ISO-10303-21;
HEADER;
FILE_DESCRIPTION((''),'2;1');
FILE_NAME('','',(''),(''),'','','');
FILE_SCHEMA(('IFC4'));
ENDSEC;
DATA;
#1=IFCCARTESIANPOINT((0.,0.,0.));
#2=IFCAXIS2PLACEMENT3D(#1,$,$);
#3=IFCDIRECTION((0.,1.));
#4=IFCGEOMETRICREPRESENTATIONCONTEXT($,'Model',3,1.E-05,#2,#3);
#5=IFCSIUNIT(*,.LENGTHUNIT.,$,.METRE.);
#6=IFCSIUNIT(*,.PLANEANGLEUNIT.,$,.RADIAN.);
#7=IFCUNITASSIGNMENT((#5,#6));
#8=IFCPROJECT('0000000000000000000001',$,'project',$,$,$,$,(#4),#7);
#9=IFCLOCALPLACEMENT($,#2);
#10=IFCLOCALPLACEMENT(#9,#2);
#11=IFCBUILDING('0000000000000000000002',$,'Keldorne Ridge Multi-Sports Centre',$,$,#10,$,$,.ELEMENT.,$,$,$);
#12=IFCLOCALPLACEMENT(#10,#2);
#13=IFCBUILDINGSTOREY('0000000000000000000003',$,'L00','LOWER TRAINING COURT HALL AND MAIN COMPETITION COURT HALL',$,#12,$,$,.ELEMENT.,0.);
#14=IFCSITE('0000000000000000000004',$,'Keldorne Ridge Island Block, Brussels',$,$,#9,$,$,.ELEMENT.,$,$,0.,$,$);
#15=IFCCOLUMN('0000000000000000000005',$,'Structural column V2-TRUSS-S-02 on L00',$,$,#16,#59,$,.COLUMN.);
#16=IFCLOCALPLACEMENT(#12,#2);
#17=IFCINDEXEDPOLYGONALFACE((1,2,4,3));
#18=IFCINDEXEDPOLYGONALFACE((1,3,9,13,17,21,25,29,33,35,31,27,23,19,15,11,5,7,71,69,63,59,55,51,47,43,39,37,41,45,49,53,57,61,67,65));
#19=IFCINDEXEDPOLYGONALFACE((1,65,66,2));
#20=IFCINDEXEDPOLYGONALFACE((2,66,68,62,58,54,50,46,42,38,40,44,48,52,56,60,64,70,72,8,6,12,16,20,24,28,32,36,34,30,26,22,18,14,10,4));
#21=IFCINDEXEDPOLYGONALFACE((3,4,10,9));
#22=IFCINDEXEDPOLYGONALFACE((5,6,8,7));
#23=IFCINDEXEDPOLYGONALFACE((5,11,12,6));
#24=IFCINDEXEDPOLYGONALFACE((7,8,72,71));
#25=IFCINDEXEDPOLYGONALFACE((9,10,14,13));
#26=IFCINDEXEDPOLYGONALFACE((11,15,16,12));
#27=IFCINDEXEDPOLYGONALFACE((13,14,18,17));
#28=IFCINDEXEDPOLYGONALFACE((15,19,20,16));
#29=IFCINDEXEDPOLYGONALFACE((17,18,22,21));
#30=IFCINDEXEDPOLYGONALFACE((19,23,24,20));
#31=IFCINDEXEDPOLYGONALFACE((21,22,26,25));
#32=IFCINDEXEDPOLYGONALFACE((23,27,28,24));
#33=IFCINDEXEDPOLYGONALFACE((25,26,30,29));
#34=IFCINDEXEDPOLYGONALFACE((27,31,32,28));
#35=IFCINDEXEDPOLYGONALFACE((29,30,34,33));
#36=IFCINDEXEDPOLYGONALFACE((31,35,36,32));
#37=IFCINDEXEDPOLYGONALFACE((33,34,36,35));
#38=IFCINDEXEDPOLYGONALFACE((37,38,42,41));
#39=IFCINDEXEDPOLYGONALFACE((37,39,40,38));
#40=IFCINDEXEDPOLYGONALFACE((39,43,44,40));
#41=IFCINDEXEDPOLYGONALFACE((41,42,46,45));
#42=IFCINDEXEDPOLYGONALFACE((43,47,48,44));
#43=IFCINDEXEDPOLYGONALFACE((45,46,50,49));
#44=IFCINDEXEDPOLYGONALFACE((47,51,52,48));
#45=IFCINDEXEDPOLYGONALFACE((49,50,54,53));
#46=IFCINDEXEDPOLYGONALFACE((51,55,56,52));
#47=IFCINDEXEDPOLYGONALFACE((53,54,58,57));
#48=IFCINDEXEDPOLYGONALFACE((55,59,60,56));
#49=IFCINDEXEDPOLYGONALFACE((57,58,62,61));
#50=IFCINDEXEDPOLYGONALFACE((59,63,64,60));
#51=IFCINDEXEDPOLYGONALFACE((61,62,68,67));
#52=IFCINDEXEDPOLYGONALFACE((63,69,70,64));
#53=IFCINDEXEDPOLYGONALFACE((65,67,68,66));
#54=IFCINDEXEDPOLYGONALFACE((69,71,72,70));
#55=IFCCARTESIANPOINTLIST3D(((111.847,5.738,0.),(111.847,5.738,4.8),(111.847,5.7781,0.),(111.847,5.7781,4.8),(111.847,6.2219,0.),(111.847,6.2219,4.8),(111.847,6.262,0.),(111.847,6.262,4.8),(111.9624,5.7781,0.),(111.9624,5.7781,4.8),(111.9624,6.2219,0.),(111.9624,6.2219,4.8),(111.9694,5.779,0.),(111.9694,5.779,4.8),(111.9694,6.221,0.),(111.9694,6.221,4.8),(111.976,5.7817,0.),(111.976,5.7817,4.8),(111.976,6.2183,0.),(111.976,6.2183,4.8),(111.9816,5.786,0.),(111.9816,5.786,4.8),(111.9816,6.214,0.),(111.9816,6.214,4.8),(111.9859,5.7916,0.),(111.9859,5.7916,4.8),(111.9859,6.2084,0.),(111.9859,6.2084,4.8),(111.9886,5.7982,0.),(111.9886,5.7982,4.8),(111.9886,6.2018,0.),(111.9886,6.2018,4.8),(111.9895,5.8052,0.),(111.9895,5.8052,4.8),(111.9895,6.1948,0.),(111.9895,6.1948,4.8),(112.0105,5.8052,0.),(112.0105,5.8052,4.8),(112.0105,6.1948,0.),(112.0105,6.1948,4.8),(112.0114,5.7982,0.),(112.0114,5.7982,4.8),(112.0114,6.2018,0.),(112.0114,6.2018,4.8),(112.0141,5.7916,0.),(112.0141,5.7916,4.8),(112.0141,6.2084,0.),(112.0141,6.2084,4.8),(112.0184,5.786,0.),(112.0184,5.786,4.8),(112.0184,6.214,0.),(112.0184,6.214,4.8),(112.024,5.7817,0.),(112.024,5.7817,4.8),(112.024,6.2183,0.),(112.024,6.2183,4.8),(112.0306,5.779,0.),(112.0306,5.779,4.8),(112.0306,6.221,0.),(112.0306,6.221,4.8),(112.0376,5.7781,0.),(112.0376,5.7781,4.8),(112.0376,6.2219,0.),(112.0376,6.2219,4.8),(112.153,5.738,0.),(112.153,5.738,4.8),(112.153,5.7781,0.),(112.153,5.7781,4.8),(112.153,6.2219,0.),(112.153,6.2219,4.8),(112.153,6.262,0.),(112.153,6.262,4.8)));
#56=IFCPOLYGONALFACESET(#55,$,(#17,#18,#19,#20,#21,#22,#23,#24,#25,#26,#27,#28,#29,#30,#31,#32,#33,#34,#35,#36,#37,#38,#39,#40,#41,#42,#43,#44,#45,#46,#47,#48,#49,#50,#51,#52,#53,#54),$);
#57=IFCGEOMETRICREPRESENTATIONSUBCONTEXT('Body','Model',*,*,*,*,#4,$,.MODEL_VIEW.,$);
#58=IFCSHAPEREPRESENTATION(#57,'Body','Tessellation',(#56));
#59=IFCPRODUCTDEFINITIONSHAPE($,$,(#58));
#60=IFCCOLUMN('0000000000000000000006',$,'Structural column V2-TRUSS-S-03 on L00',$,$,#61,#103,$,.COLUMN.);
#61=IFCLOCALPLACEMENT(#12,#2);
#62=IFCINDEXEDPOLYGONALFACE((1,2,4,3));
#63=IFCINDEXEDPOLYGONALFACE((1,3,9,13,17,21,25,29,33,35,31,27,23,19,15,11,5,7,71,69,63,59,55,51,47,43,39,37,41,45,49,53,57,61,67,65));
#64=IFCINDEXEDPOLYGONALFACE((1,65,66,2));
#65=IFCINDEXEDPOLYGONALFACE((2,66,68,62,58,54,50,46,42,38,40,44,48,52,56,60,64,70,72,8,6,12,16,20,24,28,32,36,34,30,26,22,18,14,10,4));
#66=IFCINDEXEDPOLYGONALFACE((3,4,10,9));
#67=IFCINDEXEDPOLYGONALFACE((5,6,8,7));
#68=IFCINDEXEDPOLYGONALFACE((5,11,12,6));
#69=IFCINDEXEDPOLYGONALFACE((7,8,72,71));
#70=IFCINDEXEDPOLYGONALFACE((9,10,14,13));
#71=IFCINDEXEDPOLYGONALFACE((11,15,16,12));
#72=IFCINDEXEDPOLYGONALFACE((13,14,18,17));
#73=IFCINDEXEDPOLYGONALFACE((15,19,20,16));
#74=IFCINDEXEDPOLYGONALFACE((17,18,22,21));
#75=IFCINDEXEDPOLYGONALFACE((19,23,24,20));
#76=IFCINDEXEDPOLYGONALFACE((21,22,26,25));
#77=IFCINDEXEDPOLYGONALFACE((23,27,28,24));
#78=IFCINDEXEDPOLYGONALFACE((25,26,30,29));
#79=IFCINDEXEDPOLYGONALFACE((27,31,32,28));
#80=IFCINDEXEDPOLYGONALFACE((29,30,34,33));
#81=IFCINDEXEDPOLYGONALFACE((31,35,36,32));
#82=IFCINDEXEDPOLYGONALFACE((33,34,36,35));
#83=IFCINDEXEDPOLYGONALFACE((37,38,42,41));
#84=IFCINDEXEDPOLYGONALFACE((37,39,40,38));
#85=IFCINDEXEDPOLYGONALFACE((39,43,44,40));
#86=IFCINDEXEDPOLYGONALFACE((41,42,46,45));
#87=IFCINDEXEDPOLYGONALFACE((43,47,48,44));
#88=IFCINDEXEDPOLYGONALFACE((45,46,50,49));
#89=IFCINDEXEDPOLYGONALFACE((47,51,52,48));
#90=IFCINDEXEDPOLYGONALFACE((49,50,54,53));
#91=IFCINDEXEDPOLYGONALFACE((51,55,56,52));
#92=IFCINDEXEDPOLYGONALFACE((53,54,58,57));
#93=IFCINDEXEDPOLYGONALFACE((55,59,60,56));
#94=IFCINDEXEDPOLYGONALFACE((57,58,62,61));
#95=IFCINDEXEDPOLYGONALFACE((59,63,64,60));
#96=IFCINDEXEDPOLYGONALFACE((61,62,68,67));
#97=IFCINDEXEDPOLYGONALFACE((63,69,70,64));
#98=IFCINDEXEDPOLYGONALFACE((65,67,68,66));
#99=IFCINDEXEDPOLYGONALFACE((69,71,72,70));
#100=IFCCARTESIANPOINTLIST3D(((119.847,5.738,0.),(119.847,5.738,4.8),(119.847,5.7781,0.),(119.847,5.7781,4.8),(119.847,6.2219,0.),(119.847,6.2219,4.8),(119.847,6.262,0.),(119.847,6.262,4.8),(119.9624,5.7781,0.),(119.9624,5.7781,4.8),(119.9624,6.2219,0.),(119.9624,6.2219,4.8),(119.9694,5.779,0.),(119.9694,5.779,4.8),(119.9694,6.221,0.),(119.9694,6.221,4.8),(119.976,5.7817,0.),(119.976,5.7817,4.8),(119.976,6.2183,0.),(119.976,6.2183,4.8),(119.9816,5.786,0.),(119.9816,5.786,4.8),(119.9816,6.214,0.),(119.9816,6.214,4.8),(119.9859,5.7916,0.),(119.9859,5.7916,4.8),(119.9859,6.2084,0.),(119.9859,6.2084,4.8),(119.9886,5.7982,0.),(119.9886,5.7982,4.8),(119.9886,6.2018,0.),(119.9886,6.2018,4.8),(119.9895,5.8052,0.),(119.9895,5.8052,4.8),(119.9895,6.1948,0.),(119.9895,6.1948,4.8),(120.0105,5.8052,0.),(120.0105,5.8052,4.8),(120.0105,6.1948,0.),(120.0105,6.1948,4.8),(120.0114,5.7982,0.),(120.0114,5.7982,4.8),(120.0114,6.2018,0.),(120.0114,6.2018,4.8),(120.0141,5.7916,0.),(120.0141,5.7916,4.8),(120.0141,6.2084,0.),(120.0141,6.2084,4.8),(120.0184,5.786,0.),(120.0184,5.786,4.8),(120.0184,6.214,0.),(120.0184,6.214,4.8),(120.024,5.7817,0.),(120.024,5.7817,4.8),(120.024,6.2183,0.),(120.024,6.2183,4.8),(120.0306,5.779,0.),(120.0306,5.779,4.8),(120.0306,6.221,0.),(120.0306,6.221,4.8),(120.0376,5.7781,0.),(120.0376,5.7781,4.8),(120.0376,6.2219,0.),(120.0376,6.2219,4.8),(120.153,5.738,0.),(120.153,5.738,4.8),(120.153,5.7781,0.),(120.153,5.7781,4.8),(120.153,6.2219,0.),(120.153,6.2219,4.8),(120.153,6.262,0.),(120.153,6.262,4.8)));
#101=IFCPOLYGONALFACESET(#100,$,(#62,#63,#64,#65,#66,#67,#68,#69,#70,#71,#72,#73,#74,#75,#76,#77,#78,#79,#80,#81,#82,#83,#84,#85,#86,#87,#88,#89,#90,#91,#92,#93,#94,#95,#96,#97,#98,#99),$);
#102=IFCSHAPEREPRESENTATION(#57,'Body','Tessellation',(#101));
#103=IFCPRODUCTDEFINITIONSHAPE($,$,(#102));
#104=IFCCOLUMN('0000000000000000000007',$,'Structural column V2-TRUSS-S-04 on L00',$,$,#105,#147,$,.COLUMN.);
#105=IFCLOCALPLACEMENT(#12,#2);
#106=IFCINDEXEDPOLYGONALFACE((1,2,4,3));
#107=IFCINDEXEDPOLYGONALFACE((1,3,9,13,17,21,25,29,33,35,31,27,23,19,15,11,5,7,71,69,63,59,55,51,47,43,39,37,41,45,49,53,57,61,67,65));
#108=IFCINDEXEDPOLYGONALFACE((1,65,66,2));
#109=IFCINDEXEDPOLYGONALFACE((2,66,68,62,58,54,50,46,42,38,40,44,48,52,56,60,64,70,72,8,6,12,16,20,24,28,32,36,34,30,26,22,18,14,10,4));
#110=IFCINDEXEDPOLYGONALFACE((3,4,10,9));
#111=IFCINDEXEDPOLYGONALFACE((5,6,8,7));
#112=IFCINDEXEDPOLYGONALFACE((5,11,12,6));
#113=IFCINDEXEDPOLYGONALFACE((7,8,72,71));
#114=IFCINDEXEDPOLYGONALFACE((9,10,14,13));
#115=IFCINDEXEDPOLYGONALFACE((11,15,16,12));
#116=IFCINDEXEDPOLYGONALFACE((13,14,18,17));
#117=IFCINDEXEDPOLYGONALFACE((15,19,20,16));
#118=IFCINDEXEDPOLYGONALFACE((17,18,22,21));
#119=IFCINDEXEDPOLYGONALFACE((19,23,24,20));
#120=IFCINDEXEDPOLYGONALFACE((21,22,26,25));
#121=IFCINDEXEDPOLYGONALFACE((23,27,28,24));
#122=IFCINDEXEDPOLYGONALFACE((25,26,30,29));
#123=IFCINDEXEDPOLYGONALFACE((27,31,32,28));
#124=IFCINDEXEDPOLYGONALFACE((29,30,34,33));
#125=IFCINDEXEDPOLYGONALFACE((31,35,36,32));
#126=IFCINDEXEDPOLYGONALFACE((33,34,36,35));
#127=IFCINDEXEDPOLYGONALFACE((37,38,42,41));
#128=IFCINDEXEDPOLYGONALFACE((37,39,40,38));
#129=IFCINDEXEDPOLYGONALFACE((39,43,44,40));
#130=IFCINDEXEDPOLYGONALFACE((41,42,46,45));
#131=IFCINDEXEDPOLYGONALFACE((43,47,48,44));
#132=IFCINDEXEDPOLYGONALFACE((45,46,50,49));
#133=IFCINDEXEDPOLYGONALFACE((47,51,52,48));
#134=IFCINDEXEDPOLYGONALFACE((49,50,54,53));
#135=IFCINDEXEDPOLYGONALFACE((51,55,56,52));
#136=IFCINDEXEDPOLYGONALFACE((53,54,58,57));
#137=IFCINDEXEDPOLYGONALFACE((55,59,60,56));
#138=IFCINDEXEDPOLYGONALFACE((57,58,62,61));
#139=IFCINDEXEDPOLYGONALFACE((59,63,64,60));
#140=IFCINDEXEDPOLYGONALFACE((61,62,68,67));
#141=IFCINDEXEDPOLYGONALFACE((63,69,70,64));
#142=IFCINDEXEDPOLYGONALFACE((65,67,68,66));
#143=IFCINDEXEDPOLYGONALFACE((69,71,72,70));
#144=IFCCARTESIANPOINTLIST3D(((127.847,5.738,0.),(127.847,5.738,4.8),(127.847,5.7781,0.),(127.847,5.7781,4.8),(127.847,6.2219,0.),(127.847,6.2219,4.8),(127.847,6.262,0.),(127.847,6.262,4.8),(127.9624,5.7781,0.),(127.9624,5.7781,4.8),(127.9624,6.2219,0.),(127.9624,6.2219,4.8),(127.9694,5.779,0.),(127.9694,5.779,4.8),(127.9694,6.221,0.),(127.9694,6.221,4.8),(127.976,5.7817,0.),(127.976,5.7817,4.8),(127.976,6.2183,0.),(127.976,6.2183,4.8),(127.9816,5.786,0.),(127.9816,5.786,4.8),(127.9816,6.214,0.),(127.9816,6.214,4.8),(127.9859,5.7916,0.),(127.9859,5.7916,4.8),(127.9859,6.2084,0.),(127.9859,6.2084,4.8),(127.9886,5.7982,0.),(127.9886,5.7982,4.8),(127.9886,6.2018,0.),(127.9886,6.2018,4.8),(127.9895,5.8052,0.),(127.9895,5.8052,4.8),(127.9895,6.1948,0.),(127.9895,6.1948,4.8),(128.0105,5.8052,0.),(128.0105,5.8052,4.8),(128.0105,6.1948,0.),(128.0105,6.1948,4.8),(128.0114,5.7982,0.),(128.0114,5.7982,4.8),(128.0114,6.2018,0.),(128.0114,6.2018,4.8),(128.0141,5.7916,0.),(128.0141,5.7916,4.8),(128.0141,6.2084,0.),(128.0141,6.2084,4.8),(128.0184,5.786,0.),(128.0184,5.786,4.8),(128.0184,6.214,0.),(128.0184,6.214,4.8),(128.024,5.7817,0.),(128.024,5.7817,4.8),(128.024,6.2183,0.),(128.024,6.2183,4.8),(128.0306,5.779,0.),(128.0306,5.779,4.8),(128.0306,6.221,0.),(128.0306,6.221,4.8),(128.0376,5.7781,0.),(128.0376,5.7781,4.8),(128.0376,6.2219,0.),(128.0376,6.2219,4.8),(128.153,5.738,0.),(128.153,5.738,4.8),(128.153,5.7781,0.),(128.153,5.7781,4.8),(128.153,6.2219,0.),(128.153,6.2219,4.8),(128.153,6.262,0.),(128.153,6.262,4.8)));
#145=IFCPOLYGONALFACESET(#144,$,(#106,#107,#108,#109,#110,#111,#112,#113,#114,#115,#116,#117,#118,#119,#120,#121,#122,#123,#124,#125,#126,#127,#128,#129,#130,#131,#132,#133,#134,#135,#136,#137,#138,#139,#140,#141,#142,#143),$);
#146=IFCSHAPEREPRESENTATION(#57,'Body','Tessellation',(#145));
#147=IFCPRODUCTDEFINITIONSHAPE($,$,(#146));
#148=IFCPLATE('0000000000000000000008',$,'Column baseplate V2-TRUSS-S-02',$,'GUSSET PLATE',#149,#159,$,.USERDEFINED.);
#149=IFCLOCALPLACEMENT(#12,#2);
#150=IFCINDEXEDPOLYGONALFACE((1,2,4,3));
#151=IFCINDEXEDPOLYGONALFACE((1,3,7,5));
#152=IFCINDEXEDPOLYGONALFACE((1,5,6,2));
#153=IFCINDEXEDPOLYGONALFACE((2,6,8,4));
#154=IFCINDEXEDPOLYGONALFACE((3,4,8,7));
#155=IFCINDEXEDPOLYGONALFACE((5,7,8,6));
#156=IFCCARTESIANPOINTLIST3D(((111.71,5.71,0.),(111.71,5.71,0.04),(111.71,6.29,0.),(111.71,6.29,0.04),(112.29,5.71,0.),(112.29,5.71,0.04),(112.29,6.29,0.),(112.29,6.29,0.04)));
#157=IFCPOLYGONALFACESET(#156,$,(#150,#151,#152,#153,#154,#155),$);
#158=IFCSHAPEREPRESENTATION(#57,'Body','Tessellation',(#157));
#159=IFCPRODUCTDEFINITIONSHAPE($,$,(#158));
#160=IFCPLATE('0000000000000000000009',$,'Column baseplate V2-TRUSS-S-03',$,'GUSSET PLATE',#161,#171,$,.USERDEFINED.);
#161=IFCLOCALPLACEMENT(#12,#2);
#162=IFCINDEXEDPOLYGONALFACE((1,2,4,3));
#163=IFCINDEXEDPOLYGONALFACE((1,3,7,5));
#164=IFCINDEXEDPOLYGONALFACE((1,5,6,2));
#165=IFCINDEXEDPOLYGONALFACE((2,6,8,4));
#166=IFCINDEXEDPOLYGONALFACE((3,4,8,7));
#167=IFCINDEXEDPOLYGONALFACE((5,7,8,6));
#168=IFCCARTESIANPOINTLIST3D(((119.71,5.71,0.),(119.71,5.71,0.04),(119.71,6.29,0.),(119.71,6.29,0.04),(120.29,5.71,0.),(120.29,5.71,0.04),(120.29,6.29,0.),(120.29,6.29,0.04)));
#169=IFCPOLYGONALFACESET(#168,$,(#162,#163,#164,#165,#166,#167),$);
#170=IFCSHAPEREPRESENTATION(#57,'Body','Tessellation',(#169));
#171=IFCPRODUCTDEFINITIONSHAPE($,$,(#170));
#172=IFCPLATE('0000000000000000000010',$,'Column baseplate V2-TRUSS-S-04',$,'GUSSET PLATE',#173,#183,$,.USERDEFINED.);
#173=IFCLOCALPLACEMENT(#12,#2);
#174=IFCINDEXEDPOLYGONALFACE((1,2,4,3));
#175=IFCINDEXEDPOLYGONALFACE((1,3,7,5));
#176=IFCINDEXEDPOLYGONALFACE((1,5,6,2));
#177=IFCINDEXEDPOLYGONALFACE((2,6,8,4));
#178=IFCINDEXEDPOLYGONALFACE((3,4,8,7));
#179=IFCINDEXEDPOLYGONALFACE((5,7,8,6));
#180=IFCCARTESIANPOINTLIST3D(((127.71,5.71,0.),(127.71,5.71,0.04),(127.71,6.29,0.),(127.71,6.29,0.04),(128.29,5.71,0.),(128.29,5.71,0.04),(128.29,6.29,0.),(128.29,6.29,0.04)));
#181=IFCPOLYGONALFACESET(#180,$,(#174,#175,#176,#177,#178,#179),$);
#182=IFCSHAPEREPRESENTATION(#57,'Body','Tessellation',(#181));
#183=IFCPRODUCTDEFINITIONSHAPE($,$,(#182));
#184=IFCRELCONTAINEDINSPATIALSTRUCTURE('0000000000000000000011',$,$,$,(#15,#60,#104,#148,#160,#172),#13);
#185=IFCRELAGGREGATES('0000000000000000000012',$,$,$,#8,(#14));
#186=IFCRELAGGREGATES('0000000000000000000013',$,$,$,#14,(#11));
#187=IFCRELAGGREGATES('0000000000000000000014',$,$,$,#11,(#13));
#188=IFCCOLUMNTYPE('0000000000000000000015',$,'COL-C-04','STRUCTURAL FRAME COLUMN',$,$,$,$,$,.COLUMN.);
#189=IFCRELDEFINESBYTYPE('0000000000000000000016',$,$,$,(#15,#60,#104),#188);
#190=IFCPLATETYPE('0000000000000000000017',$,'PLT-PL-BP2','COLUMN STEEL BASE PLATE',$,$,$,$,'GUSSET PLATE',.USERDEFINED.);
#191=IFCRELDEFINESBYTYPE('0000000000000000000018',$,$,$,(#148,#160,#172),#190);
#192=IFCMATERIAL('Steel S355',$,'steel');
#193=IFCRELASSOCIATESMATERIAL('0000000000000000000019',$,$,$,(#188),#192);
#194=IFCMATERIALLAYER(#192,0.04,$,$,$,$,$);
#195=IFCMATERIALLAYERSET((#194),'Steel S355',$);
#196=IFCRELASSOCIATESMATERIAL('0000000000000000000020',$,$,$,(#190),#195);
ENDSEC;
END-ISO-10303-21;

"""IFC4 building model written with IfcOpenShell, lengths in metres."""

from ifc_helpers import new_model, si_unit, direction, frame, origin, origin_2d, place, context, subcontext, project, spatial, rectangle, i_section, extrude, material, layer, layer_set, material_profile, profile_set, type_object, element, save


model = new_model("IFC4")

# Units and contexts
model_context = context("Model", 3, precision=1e-05, world=origin(), true_north=direction((0.0, 1.0)))
body_context = subcontext(model_context, "Body", "Model", "MODEL_VIEW")
ifc_project = project(units=[si_unit("LENGTHUNIT", "METRE"), si_unit("PLANEANGLEUNIT", "RADIAN")], contexts=[model_context])

# Site, building, storey
site_placement = place(None, origin())
site = spatial("IfcSite", under=ifc_project, at=site_placement, Name="Keldorne Ridge Island Block, Brussels", CompositionType="ELEMENT", RefElevation=0.0)
building_placement = place(site_placement, origin())
building = spatial("IfcBuilding", under=site, at=building_placement, Name="Keldorne Ridge Multi-Sports Centre", CompositionType="ELEMENT")
storey_placement = place(building_placement, origin())
storey = spatial("IfcBuildingStorey", under=building, at=storey_placement, Name="L00", Description="LOWER TRAINING COURT HALL AND MAIN COMPETITION COURT HALL", CompositionType="ELEMENT", Elevation=0.0)

# Columns
ifc_material_1 = material(Name="Steel S355", Category="steel")
ifc_material_profile_1 = material_profile(ifc_material_1, i_section(OverallWidth=0.3059, OverallDepth=0.5239, WebThickness=0.021, FlangeThickness=0.04, FilletRadius=0.0271, at=origin_2d()), Name="HEM 500")
ifc_profile_set_1 = profile_set([ifc_material_profile_1], Name="Steel S355")
column_type = type_object("IfcColumnType", Name="COL-C-04", Description="STRUCTURAL FRAME COLUMN", PredefinedType="COLUMN", material=ifc_profile_set_1)
for number, where, z_axis, x_axis, name in (
    (1, (112.0, 6.0, 0.0), (0.0, 0.0, 1.0), (1.0, 0.0, 0.0), "Structural column V2-TRUSS-S-02 on L00"),
    (2, (120.0, 6.0, 0.0), (0.0, 0.0, 1.0), (1.0, 0.0, 0.0), "Structural column V2-TRUSS-S-03 on L00"),
    (3, (128.0, 6.0, 0.0), (0.0, 0.0, 1.0), (1.0, 0.0, 0.0), "Structural column V2-TRUSS-S-04 on L00"),
):
    element("IfcColumn", number, at=place(storey_placement, frame(where, z_axis=z_axis, x_axis=x_axis)), inside=storey, type_object=column_type, Name=name, PredefinedType="COLUMN", context=body_context, shape_type="SweptSolid", body=[
        extrude(i_section(OverallWidth=0.3059, OverallDepth=0.5239, WebThickness=0.021, FlangeThickness=0.04, FilletRadius=0.0271, at=origin_2d()), origin(), (0.0, 0.0, 1.0), 4.8),
    ])

# Plates
ifc_layer_1 = layer(ifc_material_1, 0.04)
ifc_layer_set_1 = layer_set([ifc_layer_1], Name="Steel S355")
plate_type = type_object("IfcPlateType", Name="PLT-PL-BP2", Description="COLUMN STEEL BASE PLATE", ElementType="GUSSET PLATE", PredefinedType="USERDEFINED", material=ifc_layer_set_1)
for number, where, z_axis, x_axis, name in (
    (4, (112.0, 6.0, 0.0), (0.0, 0.0, 1.0), (1.0, 0.0, 0.0), "Column baseplate V2-TRUSS-S-02"),
    (5, (120.0, 6.0, 0.0), (0.0, 0.0, 1.0), (1.0, 0.0, 0.0), "Column baseplate V2-TRUSS-S-03"),
    (6, (128.0, 6.0, 0.0), (0.0, 0.0, 1.0), (1.0, 0.0, 0.0), "Column baseplate V2-TRUSS-S-04"),
):
    element("IfcPlate", number, at=place(storey_placement, frame(where, z_axis=z_axis, x_axis=x_axis)), inside=storey, type_object=plate_type, Name=name, ObjectType="GUSSET PLATE", PredefinedType="USERDEFINED", context=body_context, shape_type="SweptSolid", body=[
        extrude(rectangle(XDim=0.5801, YDim=0.5801, at=origin_2d()), origin(), (0.0, 0.0, 1.0), 0.04),
    ])

save(model, "model.ifc")
